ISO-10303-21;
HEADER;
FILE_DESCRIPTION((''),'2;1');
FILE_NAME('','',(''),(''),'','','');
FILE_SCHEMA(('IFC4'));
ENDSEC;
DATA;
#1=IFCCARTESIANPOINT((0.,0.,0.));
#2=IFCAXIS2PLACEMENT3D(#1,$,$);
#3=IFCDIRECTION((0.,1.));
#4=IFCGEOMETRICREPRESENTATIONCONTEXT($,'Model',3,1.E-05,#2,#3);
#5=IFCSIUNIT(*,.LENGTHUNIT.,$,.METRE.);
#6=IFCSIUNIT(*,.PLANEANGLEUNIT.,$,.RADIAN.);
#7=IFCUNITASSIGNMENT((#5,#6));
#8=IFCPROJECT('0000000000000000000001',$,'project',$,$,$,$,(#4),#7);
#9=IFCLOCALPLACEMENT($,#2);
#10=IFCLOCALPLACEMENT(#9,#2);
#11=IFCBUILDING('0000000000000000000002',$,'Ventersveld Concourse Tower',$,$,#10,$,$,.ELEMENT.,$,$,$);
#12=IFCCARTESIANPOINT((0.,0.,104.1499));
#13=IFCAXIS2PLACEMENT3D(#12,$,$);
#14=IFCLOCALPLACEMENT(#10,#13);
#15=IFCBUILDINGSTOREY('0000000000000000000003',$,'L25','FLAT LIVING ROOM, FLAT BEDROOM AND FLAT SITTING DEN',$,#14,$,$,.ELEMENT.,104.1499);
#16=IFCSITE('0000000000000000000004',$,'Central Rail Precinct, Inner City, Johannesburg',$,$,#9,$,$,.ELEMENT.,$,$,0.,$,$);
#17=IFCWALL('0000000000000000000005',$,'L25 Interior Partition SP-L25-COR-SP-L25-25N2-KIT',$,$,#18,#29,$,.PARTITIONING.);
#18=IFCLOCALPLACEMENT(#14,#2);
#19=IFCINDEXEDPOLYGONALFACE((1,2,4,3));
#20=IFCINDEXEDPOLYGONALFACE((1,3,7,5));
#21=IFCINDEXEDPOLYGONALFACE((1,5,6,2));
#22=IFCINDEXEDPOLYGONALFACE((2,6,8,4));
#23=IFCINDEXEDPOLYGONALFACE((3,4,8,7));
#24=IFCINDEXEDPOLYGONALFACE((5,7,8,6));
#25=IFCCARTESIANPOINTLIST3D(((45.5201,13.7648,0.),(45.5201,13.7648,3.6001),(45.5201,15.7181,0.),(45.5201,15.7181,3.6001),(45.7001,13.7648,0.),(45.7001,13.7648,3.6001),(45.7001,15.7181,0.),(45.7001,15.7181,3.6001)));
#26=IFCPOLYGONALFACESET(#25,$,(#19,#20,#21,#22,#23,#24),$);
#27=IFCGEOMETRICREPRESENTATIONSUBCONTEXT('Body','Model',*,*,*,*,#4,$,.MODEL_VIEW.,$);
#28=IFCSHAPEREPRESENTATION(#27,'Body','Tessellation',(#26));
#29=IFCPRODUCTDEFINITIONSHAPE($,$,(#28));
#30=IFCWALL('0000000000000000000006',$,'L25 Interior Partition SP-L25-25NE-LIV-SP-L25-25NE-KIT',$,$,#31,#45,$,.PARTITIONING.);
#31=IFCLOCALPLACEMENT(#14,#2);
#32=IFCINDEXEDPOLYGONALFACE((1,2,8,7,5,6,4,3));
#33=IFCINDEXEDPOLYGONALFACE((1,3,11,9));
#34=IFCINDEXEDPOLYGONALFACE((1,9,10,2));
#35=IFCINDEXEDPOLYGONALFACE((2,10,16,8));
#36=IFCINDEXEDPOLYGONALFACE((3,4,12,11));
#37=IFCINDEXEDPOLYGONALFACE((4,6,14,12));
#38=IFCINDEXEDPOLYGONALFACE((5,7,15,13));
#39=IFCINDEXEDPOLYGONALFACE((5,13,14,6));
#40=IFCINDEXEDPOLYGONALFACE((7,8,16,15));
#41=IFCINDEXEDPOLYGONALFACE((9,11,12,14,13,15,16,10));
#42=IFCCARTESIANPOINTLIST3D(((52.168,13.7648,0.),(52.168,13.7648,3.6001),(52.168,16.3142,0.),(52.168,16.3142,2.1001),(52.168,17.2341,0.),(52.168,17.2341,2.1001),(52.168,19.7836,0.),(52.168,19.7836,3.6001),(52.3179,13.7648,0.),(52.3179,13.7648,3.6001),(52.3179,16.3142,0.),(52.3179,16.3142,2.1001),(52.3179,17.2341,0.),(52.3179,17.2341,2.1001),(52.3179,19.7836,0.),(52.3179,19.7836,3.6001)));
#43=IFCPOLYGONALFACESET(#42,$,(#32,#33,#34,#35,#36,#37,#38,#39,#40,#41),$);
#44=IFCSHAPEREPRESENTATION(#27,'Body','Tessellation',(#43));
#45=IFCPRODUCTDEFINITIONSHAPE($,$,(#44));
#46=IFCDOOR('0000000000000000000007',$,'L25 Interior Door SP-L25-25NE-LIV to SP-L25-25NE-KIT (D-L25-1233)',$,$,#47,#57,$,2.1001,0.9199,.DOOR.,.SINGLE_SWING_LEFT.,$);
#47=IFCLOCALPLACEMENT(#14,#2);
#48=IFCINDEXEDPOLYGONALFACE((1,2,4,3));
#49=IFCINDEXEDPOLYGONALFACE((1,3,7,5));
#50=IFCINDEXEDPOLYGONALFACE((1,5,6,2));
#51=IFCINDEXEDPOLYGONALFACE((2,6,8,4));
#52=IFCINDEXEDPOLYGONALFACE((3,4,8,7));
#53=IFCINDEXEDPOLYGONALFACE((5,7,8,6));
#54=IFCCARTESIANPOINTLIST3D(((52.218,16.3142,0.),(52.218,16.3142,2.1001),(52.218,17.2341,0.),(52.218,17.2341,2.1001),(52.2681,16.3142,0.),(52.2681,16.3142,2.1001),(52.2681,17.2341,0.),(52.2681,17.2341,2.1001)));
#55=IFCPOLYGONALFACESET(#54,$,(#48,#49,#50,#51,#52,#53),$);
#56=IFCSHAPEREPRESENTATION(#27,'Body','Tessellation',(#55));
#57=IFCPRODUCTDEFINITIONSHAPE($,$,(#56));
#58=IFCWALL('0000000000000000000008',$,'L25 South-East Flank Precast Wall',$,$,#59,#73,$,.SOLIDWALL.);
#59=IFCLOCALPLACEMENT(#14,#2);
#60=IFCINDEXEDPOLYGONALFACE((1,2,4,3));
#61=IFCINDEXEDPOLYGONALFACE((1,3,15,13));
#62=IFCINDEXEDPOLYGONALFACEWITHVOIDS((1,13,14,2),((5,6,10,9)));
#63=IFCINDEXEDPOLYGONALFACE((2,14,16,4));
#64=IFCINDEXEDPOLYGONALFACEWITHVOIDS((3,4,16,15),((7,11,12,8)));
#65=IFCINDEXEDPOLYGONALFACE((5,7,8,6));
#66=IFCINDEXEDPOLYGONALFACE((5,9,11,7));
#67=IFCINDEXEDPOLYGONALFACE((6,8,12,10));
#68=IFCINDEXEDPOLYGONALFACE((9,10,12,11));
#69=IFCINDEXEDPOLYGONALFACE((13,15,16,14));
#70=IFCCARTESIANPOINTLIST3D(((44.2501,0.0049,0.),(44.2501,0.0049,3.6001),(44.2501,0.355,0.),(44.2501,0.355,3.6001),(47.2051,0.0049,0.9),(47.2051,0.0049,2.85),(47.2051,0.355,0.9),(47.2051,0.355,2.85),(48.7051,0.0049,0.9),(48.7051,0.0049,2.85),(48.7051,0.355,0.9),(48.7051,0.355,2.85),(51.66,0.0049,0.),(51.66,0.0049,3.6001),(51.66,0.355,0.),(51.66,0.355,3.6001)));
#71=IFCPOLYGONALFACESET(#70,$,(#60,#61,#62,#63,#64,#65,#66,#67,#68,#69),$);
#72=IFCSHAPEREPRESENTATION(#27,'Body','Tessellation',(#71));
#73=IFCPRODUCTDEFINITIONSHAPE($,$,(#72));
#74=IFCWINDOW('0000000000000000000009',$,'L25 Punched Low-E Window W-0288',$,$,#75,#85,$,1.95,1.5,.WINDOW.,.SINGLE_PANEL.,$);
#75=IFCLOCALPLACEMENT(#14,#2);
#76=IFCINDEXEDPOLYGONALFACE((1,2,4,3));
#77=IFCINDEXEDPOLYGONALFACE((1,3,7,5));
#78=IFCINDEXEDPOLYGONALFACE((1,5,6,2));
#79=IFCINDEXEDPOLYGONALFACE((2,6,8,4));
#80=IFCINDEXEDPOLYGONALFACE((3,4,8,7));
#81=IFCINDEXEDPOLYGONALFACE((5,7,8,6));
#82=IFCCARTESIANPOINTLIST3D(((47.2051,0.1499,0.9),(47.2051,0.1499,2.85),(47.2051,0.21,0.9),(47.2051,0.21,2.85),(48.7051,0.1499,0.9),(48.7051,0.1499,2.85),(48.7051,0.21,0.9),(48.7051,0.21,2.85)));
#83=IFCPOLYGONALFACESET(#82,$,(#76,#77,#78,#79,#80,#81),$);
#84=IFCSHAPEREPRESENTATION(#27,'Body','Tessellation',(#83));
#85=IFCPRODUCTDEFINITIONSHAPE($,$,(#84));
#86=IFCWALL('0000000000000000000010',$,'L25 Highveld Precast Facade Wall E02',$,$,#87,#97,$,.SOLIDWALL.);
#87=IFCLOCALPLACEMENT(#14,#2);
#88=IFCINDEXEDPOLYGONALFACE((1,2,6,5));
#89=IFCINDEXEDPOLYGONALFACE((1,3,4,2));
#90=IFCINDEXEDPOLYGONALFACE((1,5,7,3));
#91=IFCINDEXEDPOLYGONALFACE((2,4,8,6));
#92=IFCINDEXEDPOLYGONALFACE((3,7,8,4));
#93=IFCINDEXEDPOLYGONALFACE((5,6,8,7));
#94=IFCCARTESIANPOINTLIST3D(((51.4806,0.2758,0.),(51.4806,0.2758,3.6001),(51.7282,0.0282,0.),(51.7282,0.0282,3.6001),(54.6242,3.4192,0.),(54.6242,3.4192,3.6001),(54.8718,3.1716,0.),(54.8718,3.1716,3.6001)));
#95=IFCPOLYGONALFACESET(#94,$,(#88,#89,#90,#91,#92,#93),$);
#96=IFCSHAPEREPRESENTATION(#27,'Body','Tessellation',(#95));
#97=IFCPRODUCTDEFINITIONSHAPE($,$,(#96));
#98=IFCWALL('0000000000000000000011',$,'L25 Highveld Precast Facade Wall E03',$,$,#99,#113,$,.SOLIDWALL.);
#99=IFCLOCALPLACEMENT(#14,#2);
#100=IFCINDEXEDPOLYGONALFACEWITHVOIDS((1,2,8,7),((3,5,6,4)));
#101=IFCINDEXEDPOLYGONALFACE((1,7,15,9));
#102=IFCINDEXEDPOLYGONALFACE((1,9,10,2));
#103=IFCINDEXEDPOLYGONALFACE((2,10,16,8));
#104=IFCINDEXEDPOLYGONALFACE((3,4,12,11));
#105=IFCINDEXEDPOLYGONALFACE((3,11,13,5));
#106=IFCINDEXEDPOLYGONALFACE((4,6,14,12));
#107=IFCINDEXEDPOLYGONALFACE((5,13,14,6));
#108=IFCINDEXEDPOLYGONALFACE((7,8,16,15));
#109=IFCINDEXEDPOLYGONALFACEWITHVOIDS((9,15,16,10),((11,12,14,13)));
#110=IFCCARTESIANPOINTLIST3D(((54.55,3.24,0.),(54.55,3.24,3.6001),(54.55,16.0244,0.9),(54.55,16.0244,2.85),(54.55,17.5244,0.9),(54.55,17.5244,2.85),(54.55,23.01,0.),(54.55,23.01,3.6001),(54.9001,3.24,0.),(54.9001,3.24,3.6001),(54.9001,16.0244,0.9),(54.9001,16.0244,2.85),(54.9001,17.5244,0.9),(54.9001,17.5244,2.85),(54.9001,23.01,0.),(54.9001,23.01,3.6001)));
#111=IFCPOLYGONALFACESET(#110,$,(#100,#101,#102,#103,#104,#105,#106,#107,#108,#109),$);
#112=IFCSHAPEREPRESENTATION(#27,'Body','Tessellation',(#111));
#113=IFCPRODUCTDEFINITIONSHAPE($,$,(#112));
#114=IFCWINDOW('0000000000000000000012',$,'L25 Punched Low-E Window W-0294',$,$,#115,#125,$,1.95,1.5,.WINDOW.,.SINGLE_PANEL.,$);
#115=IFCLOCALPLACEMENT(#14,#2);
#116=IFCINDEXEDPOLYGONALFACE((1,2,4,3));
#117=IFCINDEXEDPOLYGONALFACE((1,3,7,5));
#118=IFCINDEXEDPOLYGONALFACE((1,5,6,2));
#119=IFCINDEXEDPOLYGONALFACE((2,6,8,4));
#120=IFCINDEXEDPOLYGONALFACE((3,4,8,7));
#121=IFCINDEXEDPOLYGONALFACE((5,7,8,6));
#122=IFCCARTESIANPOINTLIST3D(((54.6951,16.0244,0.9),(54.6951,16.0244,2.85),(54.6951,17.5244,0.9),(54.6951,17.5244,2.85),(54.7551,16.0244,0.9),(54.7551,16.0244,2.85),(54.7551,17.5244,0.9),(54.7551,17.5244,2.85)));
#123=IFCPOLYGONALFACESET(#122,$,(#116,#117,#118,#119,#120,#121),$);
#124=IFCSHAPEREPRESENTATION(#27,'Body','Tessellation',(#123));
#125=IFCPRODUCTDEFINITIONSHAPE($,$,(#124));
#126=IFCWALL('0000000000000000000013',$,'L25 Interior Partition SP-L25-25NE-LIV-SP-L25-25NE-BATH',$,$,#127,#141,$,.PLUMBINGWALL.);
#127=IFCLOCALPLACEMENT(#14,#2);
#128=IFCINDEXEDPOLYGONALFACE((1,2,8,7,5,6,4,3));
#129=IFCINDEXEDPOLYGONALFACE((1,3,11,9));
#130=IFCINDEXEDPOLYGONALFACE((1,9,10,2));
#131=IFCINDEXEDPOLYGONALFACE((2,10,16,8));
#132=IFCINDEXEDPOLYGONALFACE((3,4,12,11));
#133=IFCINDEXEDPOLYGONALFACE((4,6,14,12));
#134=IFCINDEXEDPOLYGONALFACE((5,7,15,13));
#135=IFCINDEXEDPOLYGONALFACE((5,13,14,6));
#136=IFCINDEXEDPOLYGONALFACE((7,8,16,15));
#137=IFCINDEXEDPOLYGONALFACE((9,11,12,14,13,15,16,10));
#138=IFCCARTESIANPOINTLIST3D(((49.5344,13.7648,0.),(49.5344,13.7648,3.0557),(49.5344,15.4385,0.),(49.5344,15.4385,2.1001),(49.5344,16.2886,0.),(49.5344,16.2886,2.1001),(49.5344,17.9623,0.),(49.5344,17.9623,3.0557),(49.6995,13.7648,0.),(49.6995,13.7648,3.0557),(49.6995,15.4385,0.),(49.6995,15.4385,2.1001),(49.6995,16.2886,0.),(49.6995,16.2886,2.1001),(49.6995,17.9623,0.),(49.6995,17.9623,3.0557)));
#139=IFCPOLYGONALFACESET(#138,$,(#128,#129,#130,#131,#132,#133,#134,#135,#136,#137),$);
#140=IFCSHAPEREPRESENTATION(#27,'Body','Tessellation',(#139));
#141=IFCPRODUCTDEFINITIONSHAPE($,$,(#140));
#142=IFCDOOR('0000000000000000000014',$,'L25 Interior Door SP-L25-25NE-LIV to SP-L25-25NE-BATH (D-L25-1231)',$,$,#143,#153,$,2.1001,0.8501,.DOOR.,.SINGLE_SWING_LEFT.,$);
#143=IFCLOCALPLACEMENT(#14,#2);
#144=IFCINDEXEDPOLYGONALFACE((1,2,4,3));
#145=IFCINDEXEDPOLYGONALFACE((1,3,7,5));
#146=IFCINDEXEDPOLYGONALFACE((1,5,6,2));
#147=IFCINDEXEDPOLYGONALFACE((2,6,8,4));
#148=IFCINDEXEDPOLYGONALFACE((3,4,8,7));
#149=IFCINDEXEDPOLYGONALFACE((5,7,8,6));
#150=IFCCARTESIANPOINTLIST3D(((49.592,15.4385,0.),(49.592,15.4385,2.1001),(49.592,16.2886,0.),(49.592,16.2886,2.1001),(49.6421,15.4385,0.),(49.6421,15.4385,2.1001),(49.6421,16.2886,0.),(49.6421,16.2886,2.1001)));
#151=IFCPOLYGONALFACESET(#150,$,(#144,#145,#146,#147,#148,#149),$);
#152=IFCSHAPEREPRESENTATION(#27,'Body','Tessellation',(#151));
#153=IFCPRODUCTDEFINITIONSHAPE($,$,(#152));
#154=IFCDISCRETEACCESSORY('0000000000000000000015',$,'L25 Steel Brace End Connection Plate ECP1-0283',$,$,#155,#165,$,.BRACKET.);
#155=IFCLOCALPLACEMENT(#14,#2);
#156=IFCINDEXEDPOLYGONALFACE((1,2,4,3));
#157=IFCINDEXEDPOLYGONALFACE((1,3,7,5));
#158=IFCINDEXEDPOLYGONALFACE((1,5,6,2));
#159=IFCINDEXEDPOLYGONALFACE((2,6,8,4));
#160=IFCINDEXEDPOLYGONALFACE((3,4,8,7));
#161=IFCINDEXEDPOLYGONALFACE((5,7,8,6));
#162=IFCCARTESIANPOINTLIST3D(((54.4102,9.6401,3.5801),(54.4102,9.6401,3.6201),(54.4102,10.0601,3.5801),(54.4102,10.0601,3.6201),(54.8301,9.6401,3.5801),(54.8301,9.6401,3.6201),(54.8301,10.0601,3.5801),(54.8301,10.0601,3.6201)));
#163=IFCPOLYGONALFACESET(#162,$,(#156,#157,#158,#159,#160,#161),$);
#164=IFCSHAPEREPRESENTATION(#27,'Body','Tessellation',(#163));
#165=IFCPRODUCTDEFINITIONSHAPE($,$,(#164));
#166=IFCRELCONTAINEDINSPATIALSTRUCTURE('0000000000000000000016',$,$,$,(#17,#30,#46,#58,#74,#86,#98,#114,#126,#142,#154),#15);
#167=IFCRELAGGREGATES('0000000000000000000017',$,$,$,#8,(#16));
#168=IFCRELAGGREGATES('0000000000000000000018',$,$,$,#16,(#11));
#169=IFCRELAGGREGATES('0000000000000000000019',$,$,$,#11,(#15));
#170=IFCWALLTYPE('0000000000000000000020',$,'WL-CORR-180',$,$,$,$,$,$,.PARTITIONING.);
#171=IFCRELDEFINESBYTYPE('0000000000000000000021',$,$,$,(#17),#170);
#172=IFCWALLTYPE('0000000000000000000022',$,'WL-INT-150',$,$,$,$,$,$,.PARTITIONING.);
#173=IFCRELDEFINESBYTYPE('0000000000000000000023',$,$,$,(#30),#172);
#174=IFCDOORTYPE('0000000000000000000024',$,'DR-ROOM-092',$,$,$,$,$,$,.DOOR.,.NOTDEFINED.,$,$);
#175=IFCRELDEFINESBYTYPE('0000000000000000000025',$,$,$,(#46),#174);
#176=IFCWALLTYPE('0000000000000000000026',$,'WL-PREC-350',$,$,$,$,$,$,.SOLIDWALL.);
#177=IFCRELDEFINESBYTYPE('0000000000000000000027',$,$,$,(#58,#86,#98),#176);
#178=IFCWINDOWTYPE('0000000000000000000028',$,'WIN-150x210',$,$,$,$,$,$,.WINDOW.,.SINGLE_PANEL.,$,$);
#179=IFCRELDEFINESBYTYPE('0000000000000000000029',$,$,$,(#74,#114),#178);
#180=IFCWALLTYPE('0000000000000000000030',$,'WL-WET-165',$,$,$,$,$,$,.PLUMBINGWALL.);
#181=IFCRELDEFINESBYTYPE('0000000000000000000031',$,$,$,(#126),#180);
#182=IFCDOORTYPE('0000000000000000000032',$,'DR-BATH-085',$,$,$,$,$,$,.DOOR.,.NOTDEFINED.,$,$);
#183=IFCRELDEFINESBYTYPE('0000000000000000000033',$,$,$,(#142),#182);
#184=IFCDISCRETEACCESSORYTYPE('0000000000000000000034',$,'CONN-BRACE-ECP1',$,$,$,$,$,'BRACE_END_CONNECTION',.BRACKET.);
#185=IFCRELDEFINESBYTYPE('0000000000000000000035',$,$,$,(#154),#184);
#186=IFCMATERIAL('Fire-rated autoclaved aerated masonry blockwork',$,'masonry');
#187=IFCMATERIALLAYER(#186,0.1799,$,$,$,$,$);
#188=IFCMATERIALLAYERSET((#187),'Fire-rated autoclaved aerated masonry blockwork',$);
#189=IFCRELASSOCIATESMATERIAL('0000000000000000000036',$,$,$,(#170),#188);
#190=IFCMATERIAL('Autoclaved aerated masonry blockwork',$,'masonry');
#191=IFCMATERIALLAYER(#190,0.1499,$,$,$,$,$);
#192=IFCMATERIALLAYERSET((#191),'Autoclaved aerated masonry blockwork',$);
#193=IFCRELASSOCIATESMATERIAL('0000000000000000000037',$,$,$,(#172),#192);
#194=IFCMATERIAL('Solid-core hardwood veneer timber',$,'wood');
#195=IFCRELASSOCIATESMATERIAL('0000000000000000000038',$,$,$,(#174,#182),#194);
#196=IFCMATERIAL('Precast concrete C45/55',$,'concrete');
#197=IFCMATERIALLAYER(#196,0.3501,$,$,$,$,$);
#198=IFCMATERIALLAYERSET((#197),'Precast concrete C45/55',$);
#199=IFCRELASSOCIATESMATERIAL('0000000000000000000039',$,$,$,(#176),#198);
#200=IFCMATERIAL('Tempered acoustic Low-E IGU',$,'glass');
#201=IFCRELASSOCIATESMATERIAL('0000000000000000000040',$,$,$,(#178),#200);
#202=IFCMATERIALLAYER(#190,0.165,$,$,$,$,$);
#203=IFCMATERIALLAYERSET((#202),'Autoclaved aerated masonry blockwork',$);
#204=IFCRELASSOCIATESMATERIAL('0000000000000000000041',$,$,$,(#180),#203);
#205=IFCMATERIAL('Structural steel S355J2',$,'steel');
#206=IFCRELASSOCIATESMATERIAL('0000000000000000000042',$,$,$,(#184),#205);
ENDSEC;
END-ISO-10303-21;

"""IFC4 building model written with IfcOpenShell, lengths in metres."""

from ifc_helpers import new_model, si_unit, direction, frame, frame_2d, origin, origin_2d, place, context, subcontext, project, spatial, rectangle, extrude, material, layer, layer_set, type_object, element, fill, save


model = new_model("IFC4")

# Units and contexts
model_context = context("Model", 3, precision=1e-05, world=origin(), true_north=direction((0.0, 1.0)))
body_context = subcontext(model_context, "Body", "Model", "MODEL_VIEW")
ifc_project = project(units=[si_unit("LENGTHUNIT", "METRE"), si_unit("PLANEANGLEUNIT", "RADIAN")], contexts=[model_context])

# Site, building, storey
site_placement = place(None, origin())
site = spatial("IfcSite", under=ifc_project, at=site_placement, Name="Central Rail Precinct, Inner City, Johannesburg", CompositionType="ELEMENT", RefElevation=0.0)
building_placement = place(site_placement, origin())
building = spatial("IfcBuilding", under=site, at=building_placement, Name="Ventersveld Concourse Tower", CompositionType="ELEMENT")
storey_placement = place(building_placement, frame((0.0, 0.0, 104.1499)))
storey = spatial("IfcBuildingStorey", under=building, at=storey_placement, Name="L25", Description="FLAT LIVING ROOM, FLAT BEDROOM AND FLAT SITTING DEN", CompositionType="ELEMENT", Elevation=104.1499)

# Shared definitions
ifc_material_1 = material(Name="Structural steel S355J2", Category="steel")

# Shared definitions
ifc_material_2 = material(Name="Fire-rated autoclaved aerated masonry blockwork", Category="masonry")
ifc_layer_1 = layer(ifc_material_2, 0.1799)
ifc_layer_set_1 = layer_set([ifc_layer_1], Name="Fire-rated autoclaved aerated masonry blockwork")
wall_type_1 = type_object("IfcWallType", Name="WL-CORR-180", PredefinedType="PARTITIONING", material=ifc_layer_set_1)
ifc_material_3 = material(Name="Solid-core hardwood veneer timber", Category="wood")

# Wall
wall_1_placement = place(storey_placement, frame((45.6101, 13.7649, 0.0), z_axis=(0.0, 0.0, 1.0), x_axis=(0.0, 1.0, 0.0)))
element("IfcWall", 1, at=wall_1_placement, inside=storey, type_object=wall_type_1, Name="L25 Interior Partition SP-L25-COR-SP-L25-25N2-KIT", PredefinedType="PARTITIONING", context=body_context, shape_type="SweptSolid", body=[
    extrude(rectangle(XDim=1.9534, YDim=0.1799, at=frame_2d((0.9766, 0.0))), origin(), (0.0, 0.0, 1.0), 3.6001),
])

# Wall, opening, door
ifc_material_4 = material(Name="Autoclaved aerated masonry blockwork", Category="masonry")
ifc_layer_2 = layer(ifc_material_4, 0.1499)
ifc_layer_set_2 = layer_set([ifc_layer_2], Name="Autoclaved aerated masonry blockwork")
wall_type_2 = type_object("IfcWallType", Name="WL-INT-150", PredefinedType="PARTITIONING", material=ifc_layer_set_2)
wall_2_placement = place(storey_placement, frame((52.2429, 13.7649, 0.0), z_axis=(0.0, 0.0, 1.0), x_axis=(0.0, 1.0, 0.0)))
wall_2 = element("IfcWall", 2, at=wall_2_placement, inside=storey, type_object=wall_type_2, Name="L25 Interior Partition SP-L25-25NE-LIV-SP-L25-25NE-KIT", PredefinedType="PARTITIONING", context=body_context, shape_type="SweptSolid", body=[
    extrude(rectangle(XDim=6.0188, YDim=0.1499, at=frame_2d((3.0093, 0.0))), origin(), (0.0, 0.0, 1.0), 3.6001),
])
opening_1_placement = place(wall_2_placement, frame((2.5493, 0.0, 0.0)))
opening_1 = element("IfcOpeningElement", 3, at=opening_1_placement, cuts=wall_2, PredefinedType="OPENING", context=body_context, shape_type="SweptSolid", body=[
    extrude(rectangle(XDim=0.9199, YDim=2.1001, at=frame_2d((0.46, 1.05))), frame((0.0, 0.085, 0.0), z_axis=(0.0, -1.0, 0.0), x_axis=(1.0, 0.0, 0.0)), (0.0, 0.0, 1.0), 0.1699),
])
door_type_1 = type_object("IfcDoorType", Name="DR-ROOM-092", OperationType="NOTDEFINED", PredefinedType="DOOR", material=ifc_material_3)
door_1_placement = place(opening_1_placement, origin())
door_1 = element("IfcDoor", 4, at=door_1_placement, inside=storey, type_object=door_type_1, Name="L25 Interior Door SP-L25-25NE-LIV to SP-L25-25NE-KIT (D-L25-1233)", OperationType="SINGLE_SWING_LEFT", OverallHeight=2.1001, OverallWidth=0.9199, PredefinedType="DOOR", context=body_context, shape_type="SweptSolid", body=[
    extrude(rectangle(XDim=0.9199, YDim=2.1001, at=frame_2d((0.46, 1.05))), frame((0.0, 0.0249, 0.0), z_axis=(0.0, -1.0, 0.0), x_axis=(1.0, 0.0, 0.0)), (0.0, 0.0, 1.0), 0.05),
])
fill(opening_1, door_1)

# Wall, opening, window
ifc_material_5 = material(Name="Precast concrete C45/55", Category="concrete")
ifc_layer_3 = layer(ifc_material_5, 0.3501)
ifc_layer_set_3 = layer_set([ifc_layer_3], Name="Precast concrete C45/55")
wall_type_3 = type_object("IfcWallType", Name="WL-PREC-350", PredefinedType="SOLIDWALL", material=ifc_layer_set_3)
wall_3_placement = place(storey_placement, frame((44.25, 0.1799, 0.0), z_axis=(0.0, 0.0, 1.0), x_axis=(1.0, 0.0, 0.0)))
wall_3 = element("IfcWall", 5, at=wall_3_placement, inside=storey, type_object=wall_type_3, Name="L25 South-East Flank Precast Wall", PredefinedType="SOLIDWALL", context=body_context, shape_type="SweptSolid", body=[
    extrude(rectangle(XDim=7.4099, YDim=0.3501, at=frame_2d((3.7051, 0.0))), origin(), (0.0, 0.0, 1.0), 3.6001),
])
opening_2_placement = place(wall_3_placement, frame((2.9551, 0.0, 0.8999)))
opening_2 = element("IfcOpeningElement", 6, at=opening_2_placement, cuts=wall_3, PredefinedType="OPENING", context=body_context, shape_type="SweptSolid", body=[
    extrude(rectangle(XDim=1.5, YDim=1.95, at=frame_2d((0.75, 0.9751))), frame((0.0, 0.1851, 0.0), z_axis=(0.0, -1.0, 0.0), x_axis=(1.0, 0.0, 0.0)), (0.0, 0.0, 1.0), 0.3701),
])
ifc_material_6 = material(Name="Tempered acoustic Low-E IGU", Category="glass")
window_type = type_object("IfcWindowType", Name="WIN-150x210", PartitioningType="SINGLE_PANEL", PredefinedType="WINDOW", material=ifc_material_6)
window_1_placement = place(opening_2_placement, origin())
window_1 = element("IfcWindow", 7, at=window_1_placement, inside=storey, type_object=window_type, Name="L25 Punched Low-E Window W-0288", OverallHeight=1.95, OverallWidth=1.5, PartitioningType="SINGLE_PANEL", PredefinedType="WINDOW", context=body_context, shape_type="SweptSolid", body=[
    extrude(rectangle(XDim=1.5, YDim=1.95, at=frame_2d((0.75, 0.9751))), frame((0.0, 0.03, 0.0), z_axis=(0.0, -1.0, 0.0), x_axis=(1.0, 0.0, 0.0)), (0.0, 0.0, 1.0), 0.0601),
])
fill(opening_2, window_1)

# Wall
wall_4_placement = place(storey_placement, frame((51.6045, 0.1521, 0.0), z_axis=(0.0, 0.0, 1.0), x_axis=(0.707134, 0.707079, 0.0)))
element("IfcWall", 8, at=wall_4_placement, inside=storey, type_object=wall_type_3, Name="L25 Highveld Precast Facade Wall E02", PredefinedType="SOLIDWALL", context=body_context, shape_type="SweptSolid", body=[
    extrude(rectangle(XDim=4.4456, YDim=0.3501, at=frame_2d((2.2227, 0.0))), origin(), (0.0, 0.0, 1.0), 3.6001),
])

# Wall, opening, window
wall_5_placement = place(storey_placement, frame((54.7251, 3.24, 0.0), z_axis=(0.0, 0.0, 1.0), x_axis=(0.0, 1.0, 0.0)))
wall_5 = element("IfcWall", 9, at=wall_5_placement, inside=storey, type_object=wall_type_3, Name="L25 Highveld Precast Facade Wall E03", PredefinedType="SOLIDWALL", context=body_context, shape_type="SweptSolid", body=[
    extrude(rectangle(XDim=19.77, YDim=0.3501, at=frame_2d((9.885, 0.0))), origin(), (0.0, 0.0, 1.0), 3.6001),
])
opening_3_placement = place(wall_5_placement, frame((12.7844, 0.0, 0.8999)))
opening_3 = element("IfcOpeningElement", 10, at=opening_3_placement, cuts=wall_5, PredefinedType="OPENING", context=body_context, shape_type="SweptSolid", body=[
    extrude(rectangle(XDim=1.5, YDim=1.95, at=frame_2d((0.75, 0.9751))), frame((0.0, 0.1851, 0.0), z_axis=(0.0, -1.0, 0.0), x_axis=(1.0, 0.0, 0.0)), (0.0, 0.0, 1.0), 0.3701),
])
window_2_placement = place(opening_3_placement, origin())
window_2 = element("IfcWindow", 11, at=window_2_placement, inside=storey, type_object=window_type, Name="L25 Punched Low-E Window W-0294", OverallHeight=1.95, OverallWidth=1.5, PartitioningType="SINGLE_PANEL", PredefinedType="WINDOW", context=body_context, shape_type="SweptSolid", body=[
    extrude(rectangle(XDim=1.5, YDim=1.95, at=frame_2d((0.75, 0.9751))), frame((0.0, 0.03, 0.0), z_axis=(0.0, -1.0, 0.0), x_axis=(1.0, 0.0, 0.0)), (0.0, 0.0, 1.0), 0.0601),
])
fill(opening_3, window_2)

# Wall, opening, door
ifc_layer_4 = layer(ifc_material_4, 0.165)
ifc_layer_set_4 = layer_set([ifc_layer_4], Name="Autoclaved aerated masonry blockwork")
wall_type_4 = type_object("IfcWallType", Name="WL-WET-165", PredefinedType="PLUMBINGWALL", material=ifc_layer_set_4)
wall_6_placement = place(storey_placement, frame((49.6169, 13.7649, 0.0), z_axis=(0.0, 0.0, 1.0), x_axis=(0.0, 1.0, 0.0)))
wall_6 = element("IfcWall", 12, at=wall_6_placement, inside=storey, type_object=wall_type_4, Name="L25 Interior Partition SP-L25-25NE-LIV-SP-L25-25NE-BATH", PredefinedType="PLUMBINGWALL", context=body_context, shape_type="SweptSolid", body=[
    extrude(rectangle(XDim=4.1975, YDim=0.165, at=frame_2d((2.0986, 0.0))), origin(), (0.0, 0.0, 1.0), 3.0557),
])
opening_4_placement = place(wall_6_placement, frame((1.6736, 0.0, 0.0)))
opening_4 = element("IfcOpeningElement", 13, at=opening_4_placement, cuts=wall_6, PredefinedType="OPENING", context=body_context, shape_type="SweptSolid", body=[
    extrude(rectangle(XDim=0.8501, YDim=2.1001, at=frame_2d((0.425, 1.05))), frame((0.0, 0.0925, 0.0), z_axis=(0.0, -1.0, 0.0), x_axis=(1.0, 0.0, 0.0)), (0.0, 0.0, 1.0), 0.1851),
])
door_type_2 = type_object("IfcDoorType", Name="DR-BATH-085", OperationType="NOTDEFINED", PredefinedType="DOOR", material=ifc_material_3)
door_2_placement = place(opening_4_placement, origin())
door_2 = element("IfcDoor", 14, at=door_2_placement, inside=storey, type_object=door_type_2, Name="L25 Interior Door SP-L25-25NE-LIV to SP-L25-25NE-BATH (D-L25-1231)", OperationType="SINGLE_SWING_LEFT", OverallHeight=2.1001, OverallWidth=0.8501, PredefinedType="DOOR", context=body_context, shape_type="SweptSolid", body=[
    extrude(rectangle(XDim=0.8501, YDim=2.1001, at=frame_2d((0.425, 1.05))), frame((0.0, 0.0249, 0.0), z_axis=(0.0, -1.0, 0.0), x_axis=(1.0, 0.0, 0.0)), (0.0, 0.0, 1.0), 0.05),
])
fill(opening_4, door_2)

# Discrete accessory
discrete_accessory_type = type_object("IfcDiscreteAccessoryType", Name="CONN-BRACE-ECP1", ElementType="BRACE_END_CONNECTION", PredefinedType="BRACKET", material=ifc_material_1)
discrete_accessory_placement = place(storey_placement, frame((54.6201, 9.8501, 3.5801), z_axis=(0.0, 0.0, 1.0), x_axis=(1.0, 0.0, 0.0)))
element("IfcDiscreteAccessory", 15, at=discrete_accessory_placement, inside=storey, type_object=discrete_accessory_type, Name="L25 Steel Brace End Connection Plate ECP1-0283", PredefinedType="BRACKET", context=body_context, shape_type="SweptSolid", body=[
    extrude(rectangle(XDim=0.4199, YDim=0.4199, at=origin_2d()), origin(), (0.0, 0.0, 1.0), 0.04),
])

save(model, "model.ifc")
